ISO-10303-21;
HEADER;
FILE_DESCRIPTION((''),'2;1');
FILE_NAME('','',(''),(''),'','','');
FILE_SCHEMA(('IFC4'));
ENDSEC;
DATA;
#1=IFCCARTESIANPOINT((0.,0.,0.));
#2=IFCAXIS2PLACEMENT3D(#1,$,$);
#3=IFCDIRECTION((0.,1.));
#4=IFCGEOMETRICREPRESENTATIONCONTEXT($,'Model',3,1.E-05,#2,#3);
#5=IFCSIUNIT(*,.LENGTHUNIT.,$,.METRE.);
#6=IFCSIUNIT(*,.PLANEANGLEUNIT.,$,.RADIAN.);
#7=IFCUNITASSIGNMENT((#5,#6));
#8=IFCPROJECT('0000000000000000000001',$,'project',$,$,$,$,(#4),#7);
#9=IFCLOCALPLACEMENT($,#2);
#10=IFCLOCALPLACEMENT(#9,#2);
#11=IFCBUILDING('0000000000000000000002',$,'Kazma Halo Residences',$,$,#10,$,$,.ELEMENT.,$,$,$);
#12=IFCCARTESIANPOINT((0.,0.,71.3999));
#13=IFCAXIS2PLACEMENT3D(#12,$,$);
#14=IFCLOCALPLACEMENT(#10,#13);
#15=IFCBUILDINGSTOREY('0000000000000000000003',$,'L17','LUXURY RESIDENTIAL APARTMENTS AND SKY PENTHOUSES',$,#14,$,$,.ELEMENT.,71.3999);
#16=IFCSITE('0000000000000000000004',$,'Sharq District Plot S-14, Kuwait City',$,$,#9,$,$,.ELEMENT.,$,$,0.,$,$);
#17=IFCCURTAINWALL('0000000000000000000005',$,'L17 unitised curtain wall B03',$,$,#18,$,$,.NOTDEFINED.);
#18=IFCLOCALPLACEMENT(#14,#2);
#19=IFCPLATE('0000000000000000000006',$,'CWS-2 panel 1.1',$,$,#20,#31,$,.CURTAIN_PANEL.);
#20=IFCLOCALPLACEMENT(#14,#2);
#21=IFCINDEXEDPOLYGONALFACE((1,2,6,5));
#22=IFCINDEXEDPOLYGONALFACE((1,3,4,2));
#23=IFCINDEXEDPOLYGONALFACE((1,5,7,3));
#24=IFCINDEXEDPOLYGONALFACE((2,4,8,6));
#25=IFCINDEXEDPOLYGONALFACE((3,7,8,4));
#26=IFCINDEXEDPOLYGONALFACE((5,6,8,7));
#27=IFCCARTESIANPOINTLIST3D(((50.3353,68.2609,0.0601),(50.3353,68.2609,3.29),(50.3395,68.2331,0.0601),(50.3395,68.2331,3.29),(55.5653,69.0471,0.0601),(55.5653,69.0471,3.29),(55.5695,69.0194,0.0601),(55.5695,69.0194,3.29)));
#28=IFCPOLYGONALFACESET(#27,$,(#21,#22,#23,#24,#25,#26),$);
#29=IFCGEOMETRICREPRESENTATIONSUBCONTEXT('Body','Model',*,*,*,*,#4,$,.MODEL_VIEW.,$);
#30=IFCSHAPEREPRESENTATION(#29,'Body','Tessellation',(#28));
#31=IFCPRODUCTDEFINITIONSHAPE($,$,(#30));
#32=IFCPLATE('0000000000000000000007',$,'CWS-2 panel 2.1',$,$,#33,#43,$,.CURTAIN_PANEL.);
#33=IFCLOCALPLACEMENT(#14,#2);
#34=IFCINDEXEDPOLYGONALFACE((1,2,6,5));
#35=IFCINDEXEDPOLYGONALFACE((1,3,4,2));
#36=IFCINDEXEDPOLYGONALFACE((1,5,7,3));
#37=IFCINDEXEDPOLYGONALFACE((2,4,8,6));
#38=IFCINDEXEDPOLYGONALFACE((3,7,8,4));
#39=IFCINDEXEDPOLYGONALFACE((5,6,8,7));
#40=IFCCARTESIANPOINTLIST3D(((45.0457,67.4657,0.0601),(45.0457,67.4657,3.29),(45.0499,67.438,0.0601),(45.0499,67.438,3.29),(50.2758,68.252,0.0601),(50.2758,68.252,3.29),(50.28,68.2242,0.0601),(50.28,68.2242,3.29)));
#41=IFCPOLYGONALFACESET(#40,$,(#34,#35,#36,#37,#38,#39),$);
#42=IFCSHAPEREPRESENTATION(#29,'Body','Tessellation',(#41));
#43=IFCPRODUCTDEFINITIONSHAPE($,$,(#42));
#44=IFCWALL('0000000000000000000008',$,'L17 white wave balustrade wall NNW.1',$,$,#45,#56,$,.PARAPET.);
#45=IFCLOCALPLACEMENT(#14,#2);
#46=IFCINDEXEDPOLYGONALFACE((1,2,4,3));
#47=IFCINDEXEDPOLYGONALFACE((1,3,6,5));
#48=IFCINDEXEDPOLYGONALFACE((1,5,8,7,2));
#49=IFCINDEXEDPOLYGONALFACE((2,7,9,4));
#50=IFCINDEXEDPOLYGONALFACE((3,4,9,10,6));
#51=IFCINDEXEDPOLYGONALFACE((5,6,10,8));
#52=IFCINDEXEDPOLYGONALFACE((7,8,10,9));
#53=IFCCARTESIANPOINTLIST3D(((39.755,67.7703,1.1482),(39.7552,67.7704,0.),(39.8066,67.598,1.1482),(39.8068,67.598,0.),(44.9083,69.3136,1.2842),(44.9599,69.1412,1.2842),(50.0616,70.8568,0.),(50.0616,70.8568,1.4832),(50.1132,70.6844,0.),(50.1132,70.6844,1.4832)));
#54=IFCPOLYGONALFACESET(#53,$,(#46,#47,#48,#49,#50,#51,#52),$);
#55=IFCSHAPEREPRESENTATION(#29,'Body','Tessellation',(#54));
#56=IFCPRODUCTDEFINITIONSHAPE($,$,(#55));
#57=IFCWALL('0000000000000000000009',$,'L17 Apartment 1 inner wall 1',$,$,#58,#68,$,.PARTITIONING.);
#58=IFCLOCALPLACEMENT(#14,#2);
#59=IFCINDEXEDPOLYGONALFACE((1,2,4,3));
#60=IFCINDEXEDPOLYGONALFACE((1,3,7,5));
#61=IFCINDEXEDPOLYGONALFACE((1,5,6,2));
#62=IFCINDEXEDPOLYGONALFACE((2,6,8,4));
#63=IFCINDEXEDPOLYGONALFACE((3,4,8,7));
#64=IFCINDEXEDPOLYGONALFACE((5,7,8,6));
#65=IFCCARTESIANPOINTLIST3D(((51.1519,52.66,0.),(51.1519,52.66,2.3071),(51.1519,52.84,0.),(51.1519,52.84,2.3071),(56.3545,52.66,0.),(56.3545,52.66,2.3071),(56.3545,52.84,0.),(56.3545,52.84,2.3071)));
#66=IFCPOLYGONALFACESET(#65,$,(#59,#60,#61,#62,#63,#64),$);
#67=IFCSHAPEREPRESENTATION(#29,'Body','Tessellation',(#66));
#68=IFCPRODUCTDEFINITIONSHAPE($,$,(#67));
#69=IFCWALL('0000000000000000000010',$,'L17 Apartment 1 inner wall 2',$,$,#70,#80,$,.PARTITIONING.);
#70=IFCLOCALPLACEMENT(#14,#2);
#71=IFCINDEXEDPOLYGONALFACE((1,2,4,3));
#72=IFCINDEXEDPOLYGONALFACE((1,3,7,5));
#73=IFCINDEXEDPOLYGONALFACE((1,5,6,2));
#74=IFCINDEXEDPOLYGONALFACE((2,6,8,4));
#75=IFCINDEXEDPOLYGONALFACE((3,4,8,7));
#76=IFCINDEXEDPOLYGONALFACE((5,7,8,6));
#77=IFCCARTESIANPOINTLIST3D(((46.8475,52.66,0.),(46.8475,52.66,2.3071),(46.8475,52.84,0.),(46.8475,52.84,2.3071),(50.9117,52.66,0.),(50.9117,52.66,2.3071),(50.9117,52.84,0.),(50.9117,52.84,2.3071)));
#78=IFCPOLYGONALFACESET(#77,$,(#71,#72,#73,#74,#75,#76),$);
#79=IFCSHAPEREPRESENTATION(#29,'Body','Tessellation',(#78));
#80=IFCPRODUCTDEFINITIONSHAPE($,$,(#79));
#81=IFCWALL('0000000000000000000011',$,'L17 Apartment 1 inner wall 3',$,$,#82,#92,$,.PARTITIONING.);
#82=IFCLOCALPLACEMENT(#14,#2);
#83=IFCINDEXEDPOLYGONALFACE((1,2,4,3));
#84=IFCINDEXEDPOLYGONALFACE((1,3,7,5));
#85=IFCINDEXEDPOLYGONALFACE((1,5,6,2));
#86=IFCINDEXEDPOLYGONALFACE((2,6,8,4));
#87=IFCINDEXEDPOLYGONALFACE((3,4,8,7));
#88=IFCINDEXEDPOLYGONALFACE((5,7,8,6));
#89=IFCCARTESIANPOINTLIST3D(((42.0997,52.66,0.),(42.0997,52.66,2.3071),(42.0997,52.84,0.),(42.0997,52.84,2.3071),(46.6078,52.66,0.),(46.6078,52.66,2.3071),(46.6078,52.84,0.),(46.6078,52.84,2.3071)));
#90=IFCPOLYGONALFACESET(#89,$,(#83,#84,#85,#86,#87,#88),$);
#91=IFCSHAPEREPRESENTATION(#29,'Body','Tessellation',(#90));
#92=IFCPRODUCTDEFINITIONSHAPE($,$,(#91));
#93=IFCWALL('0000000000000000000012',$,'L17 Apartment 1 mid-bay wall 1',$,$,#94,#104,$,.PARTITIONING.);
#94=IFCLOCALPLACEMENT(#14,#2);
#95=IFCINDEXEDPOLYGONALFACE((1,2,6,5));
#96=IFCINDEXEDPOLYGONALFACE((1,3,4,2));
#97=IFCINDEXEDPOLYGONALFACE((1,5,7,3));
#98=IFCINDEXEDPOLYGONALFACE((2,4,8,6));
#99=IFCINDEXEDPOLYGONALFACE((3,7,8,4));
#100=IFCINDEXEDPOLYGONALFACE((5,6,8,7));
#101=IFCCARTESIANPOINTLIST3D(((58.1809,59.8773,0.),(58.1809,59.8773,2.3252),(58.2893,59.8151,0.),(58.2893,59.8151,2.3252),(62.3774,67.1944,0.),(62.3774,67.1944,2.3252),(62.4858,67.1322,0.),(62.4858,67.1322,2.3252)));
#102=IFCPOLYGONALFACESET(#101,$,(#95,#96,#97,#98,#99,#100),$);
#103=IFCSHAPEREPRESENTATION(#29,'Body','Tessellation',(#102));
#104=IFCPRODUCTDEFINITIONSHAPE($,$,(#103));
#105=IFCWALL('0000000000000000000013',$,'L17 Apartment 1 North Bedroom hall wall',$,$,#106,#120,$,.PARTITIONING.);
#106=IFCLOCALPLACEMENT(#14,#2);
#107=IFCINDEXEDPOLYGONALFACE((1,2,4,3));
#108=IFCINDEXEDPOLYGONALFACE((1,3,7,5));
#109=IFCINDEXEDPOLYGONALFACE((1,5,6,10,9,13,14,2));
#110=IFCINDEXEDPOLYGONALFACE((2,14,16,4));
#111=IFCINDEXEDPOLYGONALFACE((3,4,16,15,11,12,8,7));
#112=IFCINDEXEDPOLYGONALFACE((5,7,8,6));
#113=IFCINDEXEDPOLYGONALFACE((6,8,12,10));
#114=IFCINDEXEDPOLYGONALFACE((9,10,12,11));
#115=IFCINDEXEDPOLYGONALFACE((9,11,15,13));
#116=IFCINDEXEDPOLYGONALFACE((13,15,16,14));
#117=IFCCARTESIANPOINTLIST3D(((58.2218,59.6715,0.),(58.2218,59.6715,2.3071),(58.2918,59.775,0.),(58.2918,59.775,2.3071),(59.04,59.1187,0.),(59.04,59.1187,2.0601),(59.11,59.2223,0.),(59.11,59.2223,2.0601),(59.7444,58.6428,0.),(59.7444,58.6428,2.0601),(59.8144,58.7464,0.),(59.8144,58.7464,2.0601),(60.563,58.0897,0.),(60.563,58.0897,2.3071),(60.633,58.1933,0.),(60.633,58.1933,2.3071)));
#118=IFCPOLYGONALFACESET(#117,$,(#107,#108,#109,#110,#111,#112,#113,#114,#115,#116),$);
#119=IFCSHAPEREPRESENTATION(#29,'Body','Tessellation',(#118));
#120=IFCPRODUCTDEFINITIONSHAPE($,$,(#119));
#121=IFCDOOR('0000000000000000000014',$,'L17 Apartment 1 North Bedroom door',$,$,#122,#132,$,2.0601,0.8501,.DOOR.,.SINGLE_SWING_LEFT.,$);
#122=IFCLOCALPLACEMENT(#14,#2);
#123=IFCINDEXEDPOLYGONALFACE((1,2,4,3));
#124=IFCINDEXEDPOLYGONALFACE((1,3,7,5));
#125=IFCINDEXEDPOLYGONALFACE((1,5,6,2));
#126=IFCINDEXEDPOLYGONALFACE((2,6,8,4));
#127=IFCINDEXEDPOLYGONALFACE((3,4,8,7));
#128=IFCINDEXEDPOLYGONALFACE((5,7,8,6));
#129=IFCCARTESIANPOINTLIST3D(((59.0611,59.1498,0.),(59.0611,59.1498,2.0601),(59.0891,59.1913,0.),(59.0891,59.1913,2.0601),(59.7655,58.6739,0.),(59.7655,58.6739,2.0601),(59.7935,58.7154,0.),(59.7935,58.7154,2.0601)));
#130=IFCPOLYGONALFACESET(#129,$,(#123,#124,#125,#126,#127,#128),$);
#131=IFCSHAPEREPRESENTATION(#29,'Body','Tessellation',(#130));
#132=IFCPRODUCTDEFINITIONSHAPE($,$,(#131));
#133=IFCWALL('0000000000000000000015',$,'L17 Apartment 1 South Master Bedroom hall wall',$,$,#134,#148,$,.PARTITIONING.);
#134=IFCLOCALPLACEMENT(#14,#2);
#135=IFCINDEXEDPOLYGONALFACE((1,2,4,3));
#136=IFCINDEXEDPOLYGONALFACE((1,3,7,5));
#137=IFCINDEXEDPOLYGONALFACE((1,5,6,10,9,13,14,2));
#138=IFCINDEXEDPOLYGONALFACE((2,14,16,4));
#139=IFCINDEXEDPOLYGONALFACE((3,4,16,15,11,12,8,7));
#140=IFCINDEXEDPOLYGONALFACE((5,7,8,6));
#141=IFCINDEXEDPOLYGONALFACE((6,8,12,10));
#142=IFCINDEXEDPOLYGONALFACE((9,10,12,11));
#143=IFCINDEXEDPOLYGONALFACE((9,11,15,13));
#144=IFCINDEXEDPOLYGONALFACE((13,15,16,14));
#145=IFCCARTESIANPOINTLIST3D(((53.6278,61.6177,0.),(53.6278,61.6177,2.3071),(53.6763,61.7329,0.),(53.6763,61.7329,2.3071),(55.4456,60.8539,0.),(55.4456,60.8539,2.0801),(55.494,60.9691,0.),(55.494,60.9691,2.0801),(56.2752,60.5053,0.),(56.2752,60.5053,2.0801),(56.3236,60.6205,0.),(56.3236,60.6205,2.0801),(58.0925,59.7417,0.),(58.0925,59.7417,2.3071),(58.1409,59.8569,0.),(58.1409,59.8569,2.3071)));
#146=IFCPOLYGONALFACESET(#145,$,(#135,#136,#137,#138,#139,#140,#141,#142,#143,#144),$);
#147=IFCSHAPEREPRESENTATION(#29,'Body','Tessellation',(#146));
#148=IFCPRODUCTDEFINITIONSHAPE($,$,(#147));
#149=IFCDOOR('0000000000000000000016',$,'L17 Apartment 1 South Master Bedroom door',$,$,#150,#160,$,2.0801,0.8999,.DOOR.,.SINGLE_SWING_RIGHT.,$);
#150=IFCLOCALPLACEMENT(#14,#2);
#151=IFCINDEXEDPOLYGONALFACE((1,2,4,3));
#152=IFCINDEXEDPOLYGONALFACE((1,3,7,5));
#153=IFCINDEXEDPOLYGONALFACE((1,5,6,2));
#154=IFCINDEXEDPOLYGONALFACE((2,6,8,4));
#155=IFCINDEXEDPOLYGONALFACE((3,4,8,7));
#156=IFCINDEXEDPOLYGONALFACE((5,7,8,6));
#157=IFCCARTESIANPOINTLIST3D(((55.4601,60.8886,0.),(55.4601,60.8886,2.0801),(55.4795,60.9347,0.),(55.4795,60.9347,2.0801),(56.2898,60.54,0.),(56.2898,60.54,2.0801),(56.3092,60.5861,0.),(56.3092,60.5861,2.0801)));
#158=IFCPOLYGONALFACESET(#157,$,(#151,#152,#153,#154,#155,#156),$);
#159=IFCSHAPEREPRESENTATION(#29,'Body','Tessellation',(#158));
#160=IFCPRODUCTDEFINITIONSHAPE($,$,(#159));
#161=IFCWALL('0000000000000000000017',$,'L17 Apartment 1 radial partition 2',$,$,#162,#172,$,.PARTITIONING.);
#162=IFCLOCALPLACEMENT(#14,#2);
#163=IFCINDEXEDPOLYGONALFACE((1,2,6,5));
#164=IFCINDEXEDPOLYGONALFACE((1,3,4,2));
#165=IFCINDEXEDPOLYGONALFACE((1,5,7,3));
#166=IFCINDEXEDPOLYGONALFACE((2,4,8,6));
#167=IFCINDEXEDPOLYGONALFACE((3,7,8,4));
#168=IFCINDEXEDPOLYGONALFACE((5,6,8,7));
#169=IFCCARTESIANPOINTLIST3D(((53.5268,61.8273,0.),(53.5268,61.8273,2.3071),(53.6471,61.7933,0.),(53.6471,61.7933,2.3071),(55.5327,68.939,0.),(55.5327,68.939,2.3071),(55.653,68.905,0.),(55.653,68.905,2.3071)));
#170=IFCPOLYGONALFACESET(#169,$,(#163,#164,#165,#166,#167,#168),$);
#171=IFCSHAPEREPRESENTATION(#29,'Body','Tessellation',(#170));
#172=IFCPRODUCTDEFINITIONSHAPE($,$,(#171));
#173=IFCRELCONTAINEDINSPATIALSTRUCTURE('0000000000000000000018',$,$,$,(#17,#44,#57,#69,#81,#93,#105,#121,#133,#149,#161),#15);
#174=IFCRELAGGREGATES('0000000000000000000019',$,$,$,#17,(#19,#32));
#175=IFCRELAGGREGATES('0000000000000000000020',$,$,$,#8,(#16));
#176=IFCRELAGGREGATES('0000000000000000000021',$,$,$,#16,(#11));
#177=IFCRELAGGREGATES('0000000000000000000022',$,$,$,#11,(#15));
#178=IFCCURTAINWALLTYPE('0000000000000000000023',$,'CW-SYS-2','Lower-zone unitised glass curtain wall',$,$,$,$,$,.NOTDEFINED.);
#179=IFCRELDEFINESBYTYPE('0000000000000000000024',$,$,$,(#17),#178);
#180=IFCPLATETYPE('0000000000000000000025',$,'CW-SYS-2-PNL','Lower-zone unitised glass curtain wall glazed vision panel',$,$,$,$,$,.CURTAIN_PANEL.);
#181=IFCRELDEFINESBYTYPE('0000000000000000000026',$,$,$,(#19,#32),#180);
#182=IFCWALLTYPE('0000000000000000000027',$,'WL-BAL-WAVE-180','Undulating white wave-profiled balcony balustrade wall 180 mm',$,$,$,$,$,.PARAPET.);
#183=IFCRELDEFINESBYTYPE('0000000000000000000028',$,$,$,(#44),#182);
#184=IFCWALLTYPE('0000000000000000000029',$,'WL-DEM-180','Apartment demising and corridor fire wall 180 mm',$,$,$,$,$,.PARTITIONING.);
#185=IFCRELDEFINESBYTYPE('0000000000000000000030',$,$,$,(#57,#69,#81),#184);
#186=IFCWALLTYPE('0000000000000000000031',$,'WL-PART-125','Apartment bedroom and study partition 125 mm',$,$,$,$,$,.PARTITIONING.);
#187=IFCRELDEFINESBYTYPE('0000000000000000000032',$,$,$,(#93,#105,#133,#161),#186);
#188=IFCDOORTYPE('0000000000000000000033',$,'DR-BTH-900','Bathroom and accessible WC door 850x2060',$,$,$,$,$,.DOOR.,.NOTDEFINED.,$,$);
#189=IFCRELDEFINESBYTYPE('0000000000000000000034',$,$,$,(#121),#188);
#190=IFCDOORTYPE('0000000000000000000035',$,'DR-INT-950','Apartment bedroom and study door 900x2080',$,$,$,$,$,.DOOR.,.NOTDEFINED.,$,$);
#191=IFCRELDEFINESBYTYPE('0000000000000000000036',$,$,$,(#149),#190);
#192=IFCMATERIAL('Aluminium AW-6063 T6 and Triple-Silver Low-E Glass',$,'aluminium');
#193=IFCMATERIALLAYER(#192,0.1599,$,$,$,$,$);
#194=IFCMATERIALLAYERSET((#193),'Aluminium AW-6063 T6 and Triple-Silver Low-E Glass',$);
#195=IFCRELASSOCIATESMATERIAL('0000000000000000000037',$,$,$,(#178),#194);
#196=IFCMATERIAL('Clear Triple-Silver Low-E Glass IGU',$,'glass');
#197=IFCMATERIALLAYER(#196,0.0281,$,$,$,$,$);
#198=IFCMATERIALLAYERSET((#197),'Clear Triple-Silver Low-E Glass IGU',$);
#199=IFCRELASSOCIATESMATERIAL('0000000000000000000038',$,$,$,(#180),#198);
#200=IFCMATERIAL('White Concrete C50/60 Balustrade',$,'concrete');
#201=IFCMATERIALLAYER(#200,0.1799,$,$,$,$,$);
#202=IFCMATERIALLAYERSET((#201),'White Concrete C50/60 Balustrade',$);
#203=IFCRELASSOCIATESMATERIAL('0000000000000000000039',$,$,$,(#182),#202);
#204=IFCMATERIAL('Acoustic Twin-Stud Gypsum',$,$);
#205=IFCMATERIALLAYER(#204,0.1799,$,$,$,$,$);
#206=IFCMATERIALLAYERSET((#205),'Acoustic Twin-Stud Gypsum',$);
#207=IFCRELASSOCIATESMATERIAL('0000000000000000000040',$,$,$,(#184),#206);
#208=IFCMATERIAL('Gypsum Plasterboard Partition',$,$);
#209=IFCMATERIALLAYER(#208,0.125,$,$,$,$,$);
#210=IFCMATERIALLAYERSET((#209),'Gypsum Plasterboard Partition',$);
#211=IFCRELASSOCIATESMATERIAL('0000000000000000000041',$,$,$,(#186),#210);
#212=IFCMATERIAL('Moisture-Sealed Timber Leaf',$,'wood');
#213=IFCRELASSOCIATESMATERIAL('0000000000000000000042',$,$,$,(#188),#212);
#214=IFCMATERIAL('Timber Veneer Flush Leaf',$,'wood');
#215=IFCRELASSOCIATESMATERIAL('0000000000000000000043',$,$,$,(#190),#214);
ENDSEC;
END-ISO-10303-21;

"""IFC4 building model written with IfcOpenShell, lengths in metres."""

from ifc_helpers import new_model, si_unit, direction, frame, frame_2d, origin, origin_2d, place, context, subcontext, project, spatial, polyline, rectangle, outline, extrude, material, layer, layer_set, type_object, element, fill, aggregate, save


model = new_model("IFC4")

# Units and contexts
model_context = context("Model", 3, precision=1e-05, world=origin(), true_north=direction((0.0, 1.0)))
body_context = subcontext(model_context, "Body", "Model", "MODEL_VIEW")
ifc_project = project(units=[si_unit("LENGTHUNIT", "METRE"), si_unit("PLANEANGLEUNIT", "RADIAN")], contexts=[model_context])

# Site, building, storey
site_placement = place(None, origin())
site = spatial("IfcSite", under=ifc_project, at=site_placement, Name="Sharq District Plot S-14, Kuwait City", CompositionType="ELEMENT", RefElevation=0.0)
building_placement = place(site_placement, origin())
building = spatial("IfcBuilding", under=site, at=building_placement, Name="Kazma Halo Residences", CompositionType="ELEMENT")
storey_placement = place(building_placement, frame((0.0, 0.0, 71.3999)))
storey = spatial("IfcBuildingStorey", under=building, at=storey_placement, Name="L17", Description="LUXURY RESIDENTIAL APARTMENTS AND SKY PENTHOUSES", CompositionType="ELEMENT", Elevation=71.3999)

# Curtain wall, plates
ifc_material_1 = material(Name="Aluminium AW-6063 T6 and Triple-Silver Low-E Glass", Category="aluminium")
ifc_layer_1 = layer(ifc_material_1, 0.1599)
ifc_layer_set_1 = layer_set([ifc_layer_1], Name="Aluminium AW-6063 T6 and Triple-Silver Low-E Glass")
curtain_wall_type = type_object("IfcCurtainWallType", Name="CW-SYS-2", Description="Lower-zone unitised glass curtain wall", PredefinedType="NOTDEFINED", material=ifc_layer_set_1)
curtain_wall_placement = place(storey_placement, origin())
curtain_wall = element("IfcCurtainWall", 1, at=curtain_wall_placement, inside=storey, type_object=curtain_wall_type, Name="L17 unitised curtain wall B03", PredefinedType="NOTDEFINED")
ifc_material_2 = material(Name="Clear Triple-Silver Low-E Glass IGU", Category="glass")
ifc_layer_2 = layer(ifc_material_2, 0.0281)
ifc_layer_set_2 = layer_set([ifc_layer_2], Name="Clear Triple-Silver Low-E Glass IGU")
plate_type = type_object("IfcPlateType", Name="CW-SYS-2-PNL", Description="Lower-zone unitised glass curtain wall glazed vision panel", PredefinedType="CURTAIN_PANEL", material=ifc_layer_set_2)
plate_1_placement = place(storey_placement, frame((52.9524, 68.6401, 0.0601), z_axis=(0.0, 0.0, 1.0), x_axis=(-0.988889, -0.148657, 0.0)))
plate_1 = element("IfcPlate", 2, at=plate_1_placement, type_object=plate_type, Name="CWS-2 panel 1.1", PredefinedType="CURTAIN_PANEL", context=body_context, shape_type="SweptSolid", body=[
    extrude(rectangle(XDim=5.2888, YDim=0.0281, at=origin_2d()), origin(), (0.0, 0.0, 1.0), 3.23),
])
plate_2_placement = place(storey_placement, frame((47.6628, 67.845, 0.0601), z_axis=(0.0, 0.0, 1.0), x_axis=(-0.988889, -0.148657, 0.0)))
plate_2 = element("IfcPlate", 3, at=plate_2_placement, type_object=plate_type, Name="CWS-2 panel 2.1", PredefinedType="CURTAIN_PANEL", context=body_context, shape_type="SweptSolid", body=[
    extrude(rectangle(XDim=5.2888, YDim=0.0281, at=origin_2d()), origin(), (0.0, 0.0, 1.0), 3.23),
])
aggregate(curtain_wall, [plate_1, plate_2])

# Walls
ifc_material_3 = material(Name="White Concrete C50/60 Balustrade", Category="concrete")
ifc_layer_3 = layer(ifc_material_3, 0.1799)
ifc_layer_set_3 = layer_set([ifc_layer_3], Name="White Concrete C50/60 Balustrade")
wall_type_1 = type_object("IfcWallType", Name="WL-BAL-WAVE-180", Description="Undulating white wave-profiled balcony balustrade wall 180 mm", PredefinedType="PARAPET", material=ifc_layer_set_3)
wall_1_placement = place(storey_placement, frame((50.0874, 70.7705, 0.0), z_axis=(0.0, 0.0, 1.0), x_axis=(-0.957967, -0.286879, 0.0)))
element("IfcWall", 4, at=wall_1_placement, inside=storey, type_object=wall_type_1, Name="L17 white wave balustrade wall NNW.1", PredefinedType="PARAPET", context=body_context, shape_type="SweptSolid", body=[
    extrude(outline(polyline([(0.0, 0.0), (10.7585, 0.0), (10.7588, 1.1482), (5.3794, 1.2842), (0.0, 1.4832), (0.0, 0.0)])), frame((0.0, 0.0898, 0.0), z_axis=(0.0, -1.0, 0.0), x_axis=(1.0, 0.0, 0.0)), (0.0, 0.0, 1.0), 0.1799),
])
ifc_material_4 = material(Name="Acoustic Twin-Stud Gypsum")
ifc_layer_4 = layer(ifc_material_4, 0.1799)
ifc_layer_set_4 = layer_set([ifc_layer_4], Name="Acoustic Twin-Stud Gypsum")
wall_type_2 = type_object("IfcWallType", Name="WL-DEM-180", Description="Apartment demising and corridor fire wall 180 mm", PredefinedType="PARTITIONING", material=ifc_layer_set_4)
wall_2_placement = place(storey_placement, frame((56.3545, 52.75, 0.0), z_axis=(0.0, 0.0, 1.0), x_axis=(-1.0, 0.0, 0.0)))
element("IfcWall", 5, at=wall_2_placement, inside=storey, type_object=wall_type_2, Name="L17 Apartment 1 inner wall 1", PredefinedType="PARTITIONING", context=body_context, shape_type="SweptSolid", body=[
    extrude(rectangle(XDim=5.2026, YDim=0.1799, at=frame_2d((2.6013, 0.0))), origin(), (0.0, 0.0, 1.0), 2.3071),
])
wall_3_placement = place(storey_placement, frame((50.9119, 52.75, 0.0), z_axis=(0.0, 0.0, 1.0), x_axis=(-1.0, 0.0, 0.0)))
element("IfcWall", 6, at=wall_3_placement, inside=storey, type_object=wall_type_2, Name="L17 Apartment 1 inner wall 2", PredefinedType="PARTITIONING", context=body_context, shape_type="SweptSolid", body=[
    extrude(rectangle(XDim=4.0642, YDim=0.1799, at=frame_2d((2.0322, 0.0))), origin(), (0.0, 0.0, 1.0), 2.3071),
])
wall_4_placement = place(storey_placement, frame((46.6077, 52.75, 0.0), z_axis=(0.0, 0.0, 1.0), x_axis=(-1.0, 0.0, 0.0)))
element("IfcWall", 7, at=wall_4_placement, inside=storey, type_object=wall_type_2, Name="L17 Apartment 1 inner wall 3", PredefinedType="PARTITIONING", context=body_context, shape_type="SweptSolid", body=[
    extrude(rectangle(XDim=4.5081, YDim=0.1799, at=frame_2d((2.2539, 0.0))), origin(), (0.0, 0.0, 1.0), 2.3071),
])
ifc_material_5 = material(Name="Gypsum Plasterboard Partition")
ifc_layer_5 = layer(ifc_material_5, 0.125)
ifc_layer_set_5 = layer_set([ifc_layer_5], Name="Gypsum Plasterboard Partition")
wall_type_3 = type_object("IfcWallType", Name="WL-PART-125", Description="Apartment bedroom and study partition 125 mm", PredefinedType="PARTITIONING", material=ifc_layer_set_5)
wall_5_placement = place(storey_placement, frame((58.2351, 59.8462, 0.0), z_axis=(0.0, 0.0, 1.0), x_axis=(0.497507, 0.86746, 0.0)))
element("IfcWall", 8, at=wall_5_placement, inside=storey, type_object=wall_type_3, Name="L17 Apartment 1 mid-bay wall 1", PredefinedType="PARTITIONING", context=body_context, shape_type="SweptSolid", body=[
    extrude(rectangle(XDim=8.4351, YDim=0.125, at=frame_2d((4.2175, 0.0))), origin(), (0.0, 0.0, 1.0), 2.3252),
])

# Walls, openings, doors
wall_6_placement = place(storey_placement, frame((60.5979, 58.1416, 0.0), z_axis=(0.0, 0.0, 1.0), x_axis=(-0.828618, 0.559814, 0.0)))
wall_6 = element("IfcWall", 9, at=wall_6_placement, inside=storey, type_object=wall_type_3, Name="L17 Apartment 1 North Bedroom hall wall", PredefinedType="PARTITIONING", context=body_context, shape_type="SweptSolid", body=[
    extrude(rectangle(XDim=2.8254, YDim=0.125, at=frame_2d((1.4126, 0.0))), origin(), (0.0, 0.0, 1.0), 2.3071),
])
opening_1_placement = place(wall_6_placement, frame((0.9878, 0.0, 0.0)))
opening_1 = element("IfcOpeningElement", 10, at=opening_1_placement, cuts=wall_6, PredefinedType="OPENING", context=body_context, shape_type="SweptSolid", body=[
    extrude(rectangle(XDim=0.8501, YDim=2.0601, at=frame_2d((0.425, 1.03))), frame((0.0, 0.0725, 0.0), z_axis=(0.0, -1.0, 0.0), x_axis=(1.0, 0.0, 0.0)), (0.0, 0.0, 1.0), 0.145),
])
ifc_material_6 = material(Name="Moisture-Sealed Timber Leaf", Category="wood")
door_type_1 = type_object("IfcDoorType", Name="DR-BTH-900", Description="Bathroom and accessible WC door 850x2060", OperationType="NOTDEFINED", PredefinedType="DOOR", material=ifc_material_6)
door_1_placement = place(opening_1_placement, origin())
door_1 = element("IfcDoor", 11, at=door_1_placement, inside=storey, type_object=door_type_1, Name="L17 Apartment 1 North Bedroom door", OperationType="SINGLE_SWING_LEFT", OverallHeight=2.0601, OverallWidth=0.8501, PredefinedType="DOOR", context=body_context, shape_type="SweptSolid", body=[
    extrude(rectangle(XDim=0.8501, YDim=2.0601, at=frame_2d((0.425, 1.03))), frame((0.0, 0.0249, 0.0), z_axis=(0.0, -1.0, 0.0), x_axis=(1.0, 0.0, 0.0)), (0.0, 0.0, 1.0), 0.05),
])
fill(opening_1, door_1)
wall_7_placement = place(storey_placement, frame((58.1167, 59.7993, 0.0), z_axis=(0.0, 0.0, 1.0), x_axis=(-0.92192, 0.387381, 0.0)))
wall_7 = element("IfcWall", 12, at=wall_7_placement, inside=storey, type_object=wall_type_3, Name="L17 Apartment 1 South Master Bedroom hall wall", PredefinedType="PARTITIONING", context=body_context, shape_type="SweptSolid", body=[
    extrude(rectangle(XDim=4.8428, YDim=0.125, at=frame_2d((2.4214, 0.0))), origin(), (0.0, 0.0, 1.0), 2.3071),
])
opening_2_placement = place(wall_7_placement, frame((1.9712, 0.0, 0.0)))
opening_2 = element("IfcOpeningElement", 13, at=opening_2_placement, cuts=wall_7, PredefinedType="OPENING", context=body_context, shape_type="SweptSolid", body=[
    extrude(rectangle(XDim=0.8999, YDim=2.0801, at=frame_2d((0.45, 1.04))), frame((0.0, 0.0725, 0.0), z_axis=(0.0, -1.0, 0.0), x_axis=(1.0, 0.0, 0.0)), (0.0, 0.0, 1.0), 0.145),
])
ifc_material_7 = material(Name="Timber Veneer Flush Leaf", Category="wood")
door_type_2 = type_object("IfcDoorType", Name="DR-INT-950", Description="Apartment bedroom and study door 900x2080", OperationType="NOTDEFINED", PredefinedType="DOOR", material=ifc_material_7)
door_2_placement = place(opening_2_placement, origin())
door_2 = element("IfcDoor", 14, at=door_2_placement, inside=storey, type_object=door_type_2, Name="L17 Apartment 1 South Master Bedroom door", OperationType="SINGLE_SWING_RIGHT", OverallHeight=2.0801, OverallWidth=0.8999, PredefinedType="DOOR", context=body_context, shape_type="SweptSolid", body=[
    extrude(rectangle(XDim=0.8999, YDim=2.0801, at=frame_2d((0.45, 1.04))), frame((0.0, 0.0249, 0.0), z_axis=(0.0, -1.0, 0.0), x_axis=(1.0, 0.0, 0.0)), (0.0, 0.0, 1.0), 0.05),
])
fill(opening_2, door_2)

# Wall
wall_8_placement = place(storey_placement, frame((53.5869, 61.8103, 0.0), z_axis=(0.0, 0.0, 1.0), x_axis=(0.271464, 0.962449, 0.0)))
element("IfcWall", 15, at=wall_8_placement, inside=storey, type_object=wall_type_3, Name="L17 Apartment 1 radial partition 2", PredefinedType="PARTITIONING", context=body_context, shape_type="SweptSolid", body=[
    extrude(rectangle(XDim=7.3892, YDim=0.125, at=frame_2d((3.6946, 0.0))), origin(), (0.0, 0.0, 1.0), 2.3071),
])

save(model, "model.ifc")
